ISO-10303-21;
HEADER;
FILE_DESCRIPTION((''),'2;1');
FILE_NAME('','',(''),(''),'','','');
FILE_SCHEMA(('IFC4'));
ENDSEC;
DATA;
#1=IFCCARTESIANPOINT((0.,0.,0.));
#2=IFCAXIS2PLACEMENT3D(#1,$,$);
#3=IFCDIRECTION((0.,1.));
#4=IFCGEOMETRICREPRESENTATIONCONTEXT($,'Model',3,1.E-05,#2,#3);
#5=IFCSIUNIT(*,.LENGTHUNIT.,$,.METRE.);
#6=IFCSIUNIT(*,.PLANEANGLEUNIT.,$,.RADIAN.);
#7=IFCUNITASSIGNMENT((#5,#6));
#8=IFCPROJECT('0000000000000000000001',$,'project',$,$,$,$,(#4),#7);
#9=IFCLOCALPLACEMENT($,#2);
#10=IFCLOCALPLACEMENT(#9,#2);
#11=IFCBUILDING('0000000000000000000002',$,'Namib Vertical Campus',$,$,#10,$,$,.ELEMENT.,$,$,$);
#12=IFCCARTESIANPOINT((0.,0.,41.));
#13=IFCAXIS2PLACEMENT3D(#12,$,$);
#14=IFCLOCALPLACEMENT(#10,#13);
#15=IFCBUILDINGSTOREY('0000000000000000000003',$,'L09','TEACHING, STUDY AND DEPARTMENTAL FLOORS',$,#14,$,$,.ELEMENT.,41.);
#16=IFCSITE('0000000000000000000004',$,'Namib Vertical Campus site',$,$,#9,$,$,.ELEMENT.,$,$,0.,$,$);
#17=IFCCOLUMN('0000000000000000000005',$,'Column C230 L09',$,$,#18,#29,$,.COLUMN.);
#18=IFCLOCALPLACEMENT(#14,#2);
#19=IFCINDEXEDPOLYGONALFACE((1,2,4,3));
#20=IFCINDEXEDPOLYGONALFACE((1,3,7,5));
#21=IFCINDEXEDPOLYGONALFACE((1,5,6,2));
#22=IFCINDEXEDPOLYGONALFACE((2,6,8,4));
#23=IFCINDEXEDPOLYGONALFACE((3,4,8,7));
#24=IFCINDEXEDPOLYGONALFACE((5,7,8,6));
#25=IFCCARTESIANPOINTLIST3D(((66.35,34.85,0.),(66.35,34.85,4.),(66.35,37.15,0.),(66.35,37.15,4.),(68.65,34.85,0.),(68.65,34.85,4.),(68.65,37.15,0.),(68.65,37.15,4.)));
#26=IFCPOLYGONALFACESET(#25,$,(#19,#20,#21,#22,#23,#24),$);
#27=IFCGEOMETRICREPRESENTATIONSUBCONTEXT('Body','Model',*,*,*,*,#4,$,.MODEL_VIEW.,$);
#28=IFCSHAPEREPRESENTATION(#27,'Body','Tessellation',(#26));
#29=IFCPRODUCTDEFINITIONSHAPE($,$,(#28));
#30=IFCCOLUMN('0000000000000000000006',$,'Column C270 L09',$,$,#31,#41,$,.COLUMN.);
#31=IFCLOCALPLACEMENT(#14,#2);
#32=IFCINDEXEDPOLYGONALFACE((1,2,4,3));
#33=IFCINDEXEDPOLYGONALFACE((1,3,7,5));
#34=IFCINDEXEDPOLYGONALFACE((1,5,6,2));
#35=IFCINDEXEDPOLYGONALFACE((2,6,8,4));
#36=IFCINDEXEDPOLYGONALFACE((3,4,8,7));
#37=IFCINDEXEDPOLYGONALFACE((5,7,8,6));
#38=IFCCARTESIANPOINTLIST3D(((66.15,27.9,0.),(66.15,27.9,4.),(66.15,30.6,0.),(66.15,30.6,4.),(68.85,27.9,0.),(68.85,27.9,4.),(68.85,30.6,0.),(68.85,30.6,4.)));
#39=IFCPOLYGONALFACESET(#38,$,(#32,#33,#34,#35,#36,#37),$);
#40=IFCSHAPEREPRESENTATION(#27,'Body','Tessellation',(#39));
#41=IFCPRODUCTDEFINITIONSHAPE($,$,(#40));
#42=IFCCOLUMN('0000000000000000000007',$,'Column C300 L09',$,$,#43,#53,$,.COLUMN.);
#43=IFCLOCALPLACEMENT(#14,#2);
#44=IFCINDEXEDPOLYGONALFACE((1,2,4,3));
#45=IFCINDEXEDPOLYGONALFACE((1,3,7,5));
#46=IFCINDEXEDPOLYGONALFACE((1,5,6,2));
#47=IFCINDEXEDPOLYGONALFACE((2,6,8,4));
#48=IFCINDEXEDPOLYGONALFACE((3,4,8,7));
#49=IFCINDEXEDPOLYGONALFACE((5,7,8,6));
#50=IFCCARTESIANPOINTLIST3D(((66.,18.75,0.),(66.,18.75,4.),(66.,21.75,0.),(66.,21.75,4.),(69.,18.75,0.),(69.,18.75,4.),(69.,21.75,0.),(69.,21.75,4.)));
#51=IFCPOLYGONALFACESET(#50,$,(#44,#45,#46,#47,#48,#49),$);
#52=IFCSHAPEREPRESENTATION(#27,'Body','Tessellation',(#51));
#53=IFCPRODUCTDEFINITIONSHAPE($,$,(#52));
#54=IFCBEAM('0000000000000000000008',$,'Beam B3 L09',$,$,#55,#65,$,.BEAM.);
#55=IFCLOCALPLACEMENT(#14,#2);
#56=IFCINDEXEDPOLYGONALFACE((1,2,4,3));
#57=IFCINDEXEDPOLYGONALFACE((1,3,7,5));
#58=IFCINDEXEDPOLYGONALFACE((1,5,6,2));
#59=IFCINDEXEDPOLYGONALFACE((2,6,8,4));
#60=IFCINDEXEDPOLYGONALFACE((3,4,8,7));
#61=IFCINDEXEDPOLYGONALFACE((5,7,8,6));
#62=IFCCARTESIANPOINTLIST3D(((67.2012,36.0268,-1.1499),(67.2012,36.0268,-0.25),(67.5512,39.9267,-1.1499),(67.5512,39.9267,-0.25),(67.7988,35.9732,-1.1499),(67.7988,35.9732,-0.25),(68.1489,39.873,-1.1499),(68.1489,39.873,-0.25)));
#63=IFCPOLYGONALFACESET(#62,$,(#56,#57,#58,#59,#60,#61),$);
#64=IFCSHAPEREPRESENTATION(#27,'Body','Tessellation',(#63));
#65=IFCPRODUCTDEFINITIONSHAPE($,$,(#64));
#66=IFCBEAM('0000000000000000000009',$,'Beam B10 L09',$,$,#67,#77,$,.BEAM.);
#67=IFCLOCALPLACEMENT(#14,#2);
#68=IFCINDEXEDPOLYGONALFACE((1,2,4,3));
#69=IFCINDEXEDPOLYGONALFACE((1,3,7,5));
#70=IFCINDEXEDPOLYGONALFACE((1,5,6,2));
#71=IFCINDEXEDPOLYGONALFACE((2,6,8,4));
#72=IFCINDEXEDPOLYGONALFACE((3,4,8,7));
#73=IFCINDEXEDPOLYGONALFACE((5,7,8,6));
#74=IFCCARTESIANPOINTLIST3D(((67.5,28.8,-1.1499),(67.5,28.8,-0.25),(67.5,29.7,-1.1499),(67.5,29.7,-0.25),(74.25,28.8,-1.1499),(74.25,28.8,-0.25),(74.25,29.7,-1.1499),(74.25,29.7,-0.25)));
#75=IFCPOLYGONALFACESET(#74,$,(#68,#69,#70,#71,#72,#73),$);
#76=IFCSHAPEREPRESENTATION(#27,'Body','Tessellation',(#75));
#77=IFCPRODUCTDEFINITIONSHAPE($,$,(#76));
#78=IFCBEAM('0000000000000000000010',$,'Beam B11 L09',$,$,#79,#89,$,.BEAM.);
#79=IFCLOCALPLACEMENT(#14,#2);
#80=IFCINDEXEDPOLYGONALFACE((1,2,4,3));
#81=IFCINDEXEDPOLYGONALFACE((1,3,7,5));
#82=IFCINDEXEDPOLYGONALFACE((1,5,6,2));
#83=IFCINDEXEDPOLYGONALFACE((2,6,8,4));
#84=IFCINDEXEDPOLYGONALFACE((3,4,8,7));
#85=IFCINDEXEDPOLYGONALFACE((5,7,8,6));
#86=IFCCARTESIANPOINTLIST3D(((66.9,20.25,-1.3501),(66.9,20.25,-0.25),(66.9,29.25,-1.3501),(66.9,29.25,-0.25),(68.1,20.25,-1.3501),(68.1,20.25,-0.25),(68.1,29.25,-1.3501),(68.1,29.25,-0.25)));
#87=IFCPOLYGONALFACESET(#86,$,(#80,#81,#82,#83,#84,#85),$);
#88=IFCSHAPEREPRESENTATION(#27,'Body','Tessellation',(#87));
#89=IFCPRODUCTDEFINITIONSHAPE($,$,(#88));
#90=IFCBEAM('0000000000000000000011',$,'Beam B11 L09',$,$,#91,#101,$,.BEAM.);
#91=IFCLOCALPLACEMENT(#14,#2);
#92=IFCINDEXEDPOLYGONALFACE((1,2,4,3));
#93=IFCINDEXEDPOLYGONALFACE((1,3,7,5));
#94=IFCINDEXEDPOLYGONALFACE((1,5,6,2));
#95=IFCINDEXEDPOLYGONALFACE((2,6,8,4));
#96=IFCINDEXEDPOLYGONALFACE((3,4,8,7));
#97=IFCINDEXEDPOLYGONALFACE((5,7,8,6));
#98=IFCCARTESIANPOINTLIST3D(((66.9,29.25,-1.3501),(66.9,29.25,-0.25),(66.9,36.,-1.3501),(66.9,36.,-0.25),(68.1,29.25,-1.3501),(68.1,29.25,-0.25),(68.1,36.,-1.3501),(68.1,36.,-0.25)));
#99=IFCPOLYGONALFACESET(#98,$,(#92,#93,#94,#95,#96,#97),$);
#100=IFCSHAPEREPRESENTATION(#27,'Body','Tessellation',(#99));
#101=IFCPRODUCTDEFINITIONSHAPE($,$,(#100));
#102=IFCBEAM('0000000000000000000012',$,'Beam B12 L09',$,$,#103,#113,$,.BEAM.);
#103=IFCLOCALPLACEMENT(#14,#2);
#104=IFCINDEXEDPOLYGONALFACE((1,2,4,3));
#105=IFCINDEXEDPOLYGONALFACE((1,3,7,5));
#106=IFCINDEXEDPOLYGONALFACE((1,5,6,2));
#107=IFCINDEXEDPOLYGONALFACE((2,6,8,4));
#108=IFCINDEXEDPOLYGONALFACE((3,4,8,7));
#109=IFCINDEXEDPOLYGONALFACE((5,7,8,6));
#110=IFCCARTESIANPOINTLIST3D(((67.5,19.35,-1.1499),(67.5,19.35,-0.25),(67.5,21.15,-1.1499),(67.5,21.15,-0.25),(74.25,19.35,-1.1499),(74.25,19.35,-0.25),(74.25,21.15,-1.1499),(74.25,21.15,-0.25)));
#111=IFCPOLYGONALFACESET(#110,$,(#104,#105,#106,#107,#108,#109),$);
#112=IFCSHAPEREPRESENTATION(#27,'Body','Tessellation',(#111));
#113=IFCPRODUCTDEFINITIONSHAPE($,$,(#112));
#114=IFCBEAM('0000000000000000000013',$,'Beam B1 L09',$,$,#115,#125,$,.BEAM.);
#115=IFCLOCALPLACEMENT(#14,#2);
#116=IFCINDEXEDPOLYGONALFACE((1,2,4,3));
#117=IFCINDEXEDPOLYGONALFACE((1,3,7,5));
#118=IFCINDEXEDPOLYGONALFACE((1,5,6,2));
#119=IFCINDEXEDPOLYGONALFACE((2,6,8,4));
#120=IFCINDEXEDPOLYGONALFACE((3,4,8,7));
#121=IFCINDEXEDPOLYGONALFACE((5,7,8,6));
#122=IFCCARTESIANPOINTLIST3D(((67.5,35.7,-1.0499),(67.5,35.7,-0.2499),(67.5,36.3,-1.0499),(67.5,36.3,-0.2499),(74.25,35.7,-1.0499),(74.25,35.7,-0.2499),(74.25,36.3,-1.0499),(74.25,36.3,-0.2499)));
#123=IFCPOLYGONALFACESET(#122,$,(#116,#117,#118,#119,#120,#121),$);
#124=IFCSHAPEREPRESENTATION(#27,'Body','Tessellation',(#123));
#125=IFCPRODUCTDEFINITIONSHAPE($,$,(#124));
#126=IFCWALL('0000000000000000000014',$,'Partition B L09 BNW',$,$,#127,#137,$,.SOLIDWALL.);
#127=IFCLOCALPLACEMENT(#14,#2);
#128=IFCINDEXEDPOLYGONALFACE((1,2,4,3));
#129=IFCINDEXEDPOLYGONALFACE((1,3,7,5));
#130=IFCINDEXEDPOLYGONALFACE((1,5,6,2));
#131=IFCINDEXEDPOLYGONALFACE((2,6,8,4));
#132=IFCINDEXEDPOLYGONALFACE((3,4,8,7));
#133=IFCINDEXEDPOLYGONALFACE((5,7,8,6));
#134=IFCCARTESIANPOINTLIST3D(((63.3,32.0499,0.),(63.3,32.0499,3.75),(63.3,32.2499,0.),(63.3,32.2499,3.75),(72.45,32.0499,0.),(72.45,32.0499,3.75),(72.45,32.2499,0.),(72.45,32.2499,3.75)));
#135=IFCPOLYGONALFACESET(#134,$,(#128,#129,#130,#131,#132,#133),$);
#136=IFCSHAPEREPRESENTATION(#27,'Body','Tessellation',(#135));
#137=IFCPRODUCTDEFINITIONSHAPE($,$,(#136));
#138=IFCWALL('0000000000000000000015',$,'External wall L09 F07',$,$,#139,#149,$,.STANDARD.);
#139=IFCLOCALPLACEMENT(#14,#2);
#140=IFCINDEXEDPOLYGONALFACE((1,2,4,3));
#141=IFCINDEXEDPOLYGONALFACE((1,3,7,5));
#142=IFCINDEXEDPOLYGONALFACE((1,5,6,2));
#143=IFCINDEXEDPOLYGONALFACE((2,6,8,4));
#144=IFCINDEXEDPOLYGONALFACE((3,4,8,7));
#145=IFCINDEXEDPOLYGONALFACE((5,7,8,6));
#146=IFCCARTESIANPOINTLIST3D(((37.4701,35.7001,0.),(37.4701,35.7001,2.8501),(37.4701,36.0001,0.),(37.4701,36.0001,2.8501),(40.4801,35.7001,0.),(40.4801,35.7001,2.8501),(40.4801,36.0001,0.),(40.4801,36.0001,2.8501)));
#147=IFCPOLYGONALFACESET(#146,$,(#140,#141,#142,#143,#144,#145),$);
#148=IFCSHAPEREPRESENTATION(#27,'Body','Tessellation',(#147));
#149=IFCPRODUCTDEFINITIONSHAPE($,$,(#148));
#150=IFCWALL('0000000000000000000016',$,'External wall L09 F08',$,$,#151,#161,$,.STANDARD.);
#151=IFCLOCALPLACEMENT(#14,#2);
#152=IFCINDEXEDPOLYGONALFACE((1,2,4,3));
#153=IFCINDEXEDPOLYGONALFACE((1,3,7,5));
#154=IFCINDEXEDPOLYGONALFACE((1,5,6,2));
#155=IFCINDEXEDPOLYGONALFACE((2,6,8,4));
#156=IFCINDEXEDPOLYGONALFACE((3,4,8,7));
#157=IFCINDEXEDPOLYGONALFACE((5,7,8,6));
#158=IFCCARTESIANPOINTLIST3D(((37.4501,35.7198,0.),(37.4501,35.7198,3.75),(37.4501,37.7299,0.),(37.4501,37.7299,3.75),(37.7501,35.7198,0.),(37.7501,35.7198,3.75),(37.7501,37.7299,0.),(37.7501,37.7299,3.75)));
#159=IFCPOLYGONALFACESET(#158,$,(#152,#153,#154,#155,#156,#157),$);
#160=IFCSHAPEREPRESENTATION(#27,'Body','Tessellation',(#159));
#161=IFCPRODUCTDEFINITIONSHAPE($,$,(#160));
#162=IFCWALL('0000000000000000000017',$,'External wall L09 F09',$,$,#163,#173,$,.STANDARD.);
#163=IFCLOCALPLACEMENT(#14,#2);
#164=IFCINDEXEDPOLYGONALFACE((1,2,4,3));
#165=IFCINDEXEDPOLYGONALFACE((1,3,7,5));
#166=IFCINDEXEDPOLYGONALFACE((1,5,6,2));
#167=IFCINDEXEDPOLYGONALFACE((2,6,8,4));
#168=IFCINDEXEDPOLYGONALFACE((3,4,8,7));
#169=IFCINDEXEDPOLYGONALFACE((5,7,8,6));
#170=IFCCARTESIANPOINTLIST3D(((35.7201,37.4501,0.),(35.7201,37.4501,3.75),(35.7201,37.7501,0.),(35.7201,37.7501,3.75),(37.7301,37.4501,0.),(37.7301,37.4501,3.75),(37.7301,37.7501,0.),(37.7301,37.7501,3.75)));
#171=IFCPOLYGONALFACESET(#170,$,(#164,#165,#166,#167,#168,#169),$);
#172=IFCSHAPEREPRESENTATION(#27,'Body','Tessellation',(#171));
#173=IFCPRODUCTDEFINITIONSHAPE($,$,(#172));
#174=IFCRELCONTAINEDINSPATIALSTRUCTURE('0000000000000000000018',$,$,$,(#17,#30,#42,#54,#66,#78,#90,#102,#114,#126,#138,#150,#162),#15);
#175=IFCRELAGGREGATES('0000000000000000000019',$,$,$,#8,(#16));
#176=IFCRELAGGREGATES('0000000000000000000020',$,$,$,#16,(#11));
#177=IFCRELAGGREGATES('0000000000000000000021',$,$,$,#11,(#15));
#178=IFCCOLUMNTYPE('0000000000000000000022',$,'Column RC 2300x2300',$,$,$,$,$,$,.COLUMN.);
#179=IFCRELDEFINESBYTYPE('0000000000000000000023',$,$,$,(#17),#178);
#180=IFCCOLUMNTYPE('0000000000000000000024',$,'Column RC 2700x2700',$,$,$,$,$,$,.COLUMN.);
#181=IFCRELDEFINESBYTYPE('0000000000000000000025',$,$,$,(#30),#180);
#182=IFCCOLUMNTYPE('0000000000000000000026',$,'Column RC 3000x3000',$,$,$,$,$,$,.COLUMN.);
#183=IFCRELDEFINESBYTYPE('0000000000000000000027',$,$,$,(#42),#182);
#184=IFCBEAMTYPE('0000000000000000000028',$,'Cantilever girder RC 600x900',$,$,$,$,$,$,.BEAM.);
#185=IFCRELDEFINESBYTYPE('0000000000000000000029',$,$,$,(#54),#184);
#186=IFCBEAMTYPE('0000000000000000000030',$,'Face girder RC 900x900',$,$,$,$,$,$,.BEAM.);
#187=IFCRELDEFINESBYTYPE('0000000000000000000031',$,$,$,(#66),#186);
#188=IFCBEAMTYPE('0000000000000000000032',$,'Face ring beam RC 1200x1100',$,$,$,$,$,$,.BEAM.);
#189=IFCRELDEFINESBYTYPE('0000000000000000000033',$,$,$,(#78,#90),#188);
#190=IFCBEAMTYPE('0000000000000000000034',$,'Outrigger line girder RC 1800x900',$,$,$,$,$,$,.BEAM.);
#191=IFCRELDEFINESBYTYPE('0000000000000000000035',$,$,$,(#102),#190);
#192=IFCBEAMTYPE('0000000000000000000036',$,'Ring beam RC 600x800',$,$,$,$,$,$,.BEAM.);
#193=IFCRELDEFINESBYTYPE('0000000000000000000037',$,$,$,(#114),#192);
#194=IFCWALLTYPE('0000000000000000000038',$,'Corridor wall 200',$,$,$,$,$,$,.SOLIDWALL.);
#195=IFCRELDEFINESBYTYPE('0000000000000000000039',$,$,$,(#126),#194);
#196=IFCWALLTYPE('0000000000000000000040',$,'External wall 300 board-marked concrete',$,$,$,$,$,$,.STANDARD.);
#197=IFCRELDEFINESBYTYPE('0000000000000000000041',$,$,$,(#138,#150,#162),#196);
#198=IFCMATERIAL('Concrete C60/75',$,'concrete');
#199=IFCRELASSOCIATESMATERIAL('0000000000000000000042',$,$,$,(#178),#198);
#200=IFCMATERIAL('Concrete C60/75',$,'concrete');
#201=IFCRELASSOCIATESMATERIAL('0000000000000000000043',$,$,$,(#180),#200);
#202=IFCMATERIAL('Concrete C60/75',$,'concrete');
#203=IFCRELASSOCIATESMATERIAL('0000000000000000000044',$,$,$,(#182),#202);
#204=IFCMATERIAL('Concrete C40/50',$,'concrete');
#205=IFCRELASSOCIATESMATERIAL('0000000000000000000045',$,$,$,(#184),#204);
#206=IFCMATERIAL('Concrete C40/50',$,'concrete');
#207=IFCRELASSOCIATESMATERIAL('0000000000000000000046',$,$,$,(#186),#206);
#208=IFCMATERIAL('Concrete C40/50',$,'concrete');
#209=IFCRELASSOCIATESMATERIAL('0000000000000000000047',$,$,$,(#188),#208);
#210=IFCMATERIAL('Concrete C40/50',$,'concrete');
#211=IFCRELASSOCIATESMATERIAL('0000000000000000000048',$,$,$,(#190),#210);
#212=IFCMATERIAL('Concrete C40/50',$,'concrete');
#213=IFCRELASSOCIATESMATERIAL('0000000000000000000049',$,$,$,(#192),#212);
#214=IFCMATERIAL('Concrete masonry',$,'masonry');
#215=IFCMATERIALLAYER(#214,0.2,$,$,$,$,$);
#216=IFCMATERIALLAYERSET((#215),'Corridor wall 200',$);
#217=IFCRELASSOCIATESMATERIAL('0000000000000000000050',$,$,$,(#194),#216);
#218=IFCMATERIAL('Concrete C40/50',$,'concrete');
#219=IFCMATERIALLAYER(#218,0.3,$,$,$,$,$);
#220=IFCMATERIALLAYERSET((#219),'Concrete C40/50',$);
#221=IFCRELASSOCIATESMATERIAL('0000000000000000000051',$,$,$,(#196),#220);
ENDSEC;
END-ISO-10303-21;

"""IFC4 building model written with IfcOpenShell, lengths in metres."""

from ifc_helpers import new_model, si_unit, direction, frame, frame_2d, origin, origin_2d, place, context, subcontext, project, spatial, rectangle, extrude, material, layer, layer_set, material_profile, profile_set, type_object, element, save


model = new_model("IFC4")

# Units and contexts
model_context = context("Model", 3, precision=1e-05, world=origin(), true_north=direction((0.0, 1.0)))
body_context = subcontext(model_context, "Body", "Model", "MODEL_VIEW")
ifc_project = project(units=[si_unit("LENGTHUNIT", "METRE"), si_unit("PLANEANGLEUNIT", "RADIAN")], contexts=[model_context])

# Site, building, storey
site_placement = place(None, origin())
site = spatial("IfcSite", under=ifc_project, at=site_placement, Name="Namib Vertical Campus site", CompositionType="ELEMENT", RefElevation=0.0)
building_placement = place(site_placement, origin())
building = spatial("IfcBuilding", under=site, at=building_placement, Name="Namib Vertical Campus", CompositionType="ELEMENT")
storey_placement = place(building_placement, frame((0.0, 0.0, 41.0)))
storey = spatial("IfcBuildingStorey", under=building, at=storey_placement, Name="L09", Description="TEACHING, STUDY AND DEPARTMENTAL FLOORS", CompositionType="ELEMENT", Elevation=41.0)

# Columns
ifc_material_1 = material(Name="Concrete C60/75", Category="concrete")
ifc_material_profile_1 = material_profile(ifc_material_1, rectangle(XDim=2.3, YDim=2.3, at=origin_2d()))
ifc_profile_set_1 = profile_set([ifc_material_profile_1], Name="Concrete C60/75")
column_type_1 = type_object("IfcColumnType", Name="Column RC 2300x2300", PredefinedType="COLUMN", material=ifc_profile_set_1)
column_1_placement = place(storey_placement, frame((67.5, 36.0, 0.0), z_axis=(0.0, 0.0, 1.0), x_axis=(1.0, 0.0, 0.0)))
element("IfcColumn", 1, at=column_1_placement, inside=storey, type_object=column_type_1, Name="Column C230 L09", PredefinedType="COLUMN", context=body_context, shape_type="SweptSolid", body=[
    extrude(rectangle(XDim=2.3, YDim=2.3, at=origin_2d()), origin(), (0.0, 0.0, 1.0), 4.0),
])
ifc_material_2 = material(Name="Concrete C60/75", Category="concrete")
ifc_material_profile_2 = material_profile(ifc_material_2, rectangle(XDim=2.7, YDim=2.7, at=origin_2d()))
ifc_profile_set_2 = profile_set([ifc_material_profile_2], Name="Concrete C60/75")
column_type_2 = type_object("IfcColumnType", Name="Column RC 2700x2700", PredefinedType="COLUMN", material=ifc_profile_set_2)
column_2_placement = place(storey_placement, frame((67.5, 29.25, 0.0), z_axis=(0.0, 0.0, 1.0), x_axis=(1.0, 0.0, 0.0)))
element("IfcColumn", 2, at=column_2_placement, inside=storey, type_object=column_type_2, Name="Column C270 L09", PredefinedType="COLUMN", context=body_context, shape_type="SweptSolid", body=[
    extrude(rectangle(XDim=2.7, YDim=2.7, at=origin_2d()), origin(), (0.0, 0.0, 1.0), 4.0),
])
ifc_material_3 = material(Name="Concrete C60/75", Category="concrete")
ifc_material_profile_3 = material_profile(ifc_material_3, rectangle(XDim=3.0, YDim=3.0, at=origin_2d()))
ifc_profile_set_3 = profile_set([ifc_material_profile_3], Name="Concrete C60/75")
column_type_3 = type_object("IfcColumnType", Name="Column RC 3000x3000", PredefinedType="COLUMN", material=ifc_profile_set_3)
column_3_placement = place(storey_placement, frame((67.5, 20.25, 0.0), z_axis=(0.0, 0.0, 1.0), x_axis=(1.0, 0.0, 0.0)))
element("IfcColumn", 3, at=column_3_placement, inside=storey, type_object=column_type_3, Name="Column C300 L09", PredefinedType="COLUMN", context=body_context, shape_type="SweptSolid", body=[
    extrude(rectangle(XDim=3.0, YDim=3.0, at=origin_2d()), origin(), (0.0, 0.0, 1.0), 4.0),
])

# Beams
ifc_material_4 = material(Name="Concrete C40/50", Category="concrete")
ifc_material_profile_4 = material_profile(ifc_material_4, rectangle(XDim=0.6001, YDim=0.8999, at=origin_2d()))
ifc_profile_set_4 = profile_set([ifc_material_profile_4], Name="Concrete C40/50")
beam_type_1 = type_object("IfcBeamType", Name="Cantilever girder RC 600x900", PredefinedType="BEAM", material=ifc_profile_set_4)
beam_1_placement = place(storey_placement, frame((67.5, 36.0, -0.7), z_axis=(0.089411, 0.995995, 0.0), x_axis=(-0.995995, 0.089411, 0.0)))
element("IfcBeam", 4, at=beam_1_placement, inside=storey, type_object=beam_type_1, Name="Beam B3 L09", PredefinedType="BEAM", context=body_context, shape_type="SweptSolid", body=[
    extrude(rectangle(XDim=0.6001, YDim=0.8999, at=origin_2d()), origin(), (0.0, 0.0, 1.0), 3.9155),
])
ifc_material_5 = material(Name="Concrete C40/50", Category="concrete")
ifc_material_profile_5 = material_profile(ifc_material_5, rectangle(XDim=0.8999, YDim=0.8999, at=origin_2d()))
ifc_profile_set_5 = profile_set([ifc_material_profile_5], Name="Concrete C40/50")
beam_type_2 = type_object("IfcBeamType", Name="Face girder RC 900x900", PredefinedType="BEAM", material=ifc_profile_set_5)
beam_2_placement = place(storey_placement, frame((67.5, 29.25, -0.7), z_axis=(1.0, 0.0, 0.0), x_axis=(0.0, 1.0, 0.0)))
element("IfcBeam", 5, at=beam_2_placement, inside=storey, type_object=beam_type_2, Name="Beam B10 L09", PredefinedType="BEAM", context=body_context, shape_type="SweptSolid", body=[
    extrude(rectangle(XDim=0.8999, YDim=0.8999, at=origin_2d()), origin(), (0.0, 0.0, 1.0), 6.75),
])
ifc_material_6 = material(Name="Concrete C40/50", Category="concrete")
ifc_material_profile_6 = material_profile(ifc_material_6, rectangle(XDim=1.2, YDim=1.1001, at=origin_2d()))
ifc_profile_set_6 = profile_set([ifc_material_profile_6], Name="Concrete C40/50")
beam_type_3 = type_object("IfcBeamType", Name="Face ring beam RC 1200x1100", PredefinedType="BEAM", material=ifc_profile_set_6)
beam_3_placement = place(storey_placement, frame((67.5, 20.25, -0.8), z_axis=(0.0, 1.0, 0.0), x_axis=(-1.0, 0.0, 0.0)))
element("IfcBeam", 6, at=beam_3_placement, inside=storey, type_object=beam_type_3, Name="Beam B11 L09", PredefinedType="BEAM", context=body_context, shape_type="SweptSolid", body=[
    extrude(rectangle(XDim=1.2, YDim=1.1001, at=origin_2d()), origin(), (0.0, 0.0, 1.0), 9.0),
])
beam_4_placement = place(storey_placement, frame((67.5, 29.25, -0.8), z_axis=(0.0, 1.0, 0.0), x_axis=(-1.0, 0.0, 0.0)))
element("IfcBeam", 7, at=beam_4_placement, inside=storey, type_object=beam_type_3, Name="Beam B11 L09", PredefinedType="BEAM", context=body_context, shape_type="SweptSolid", body=[
    extrude(rectangle(XDim=1.2, YDim=1.1001, at=origin_2d()), origin(), (0.0, 0.0, 1.0), 6.75),
])
ifc_material_7 = material(Name="Concrete C40/50", Category="concrete")
ifc_material_profile_7 = material_profile(ifc_material_7, rectangle(XDim=1.8, YDim=0.8999, at=origin_2d()))
ifc_profile_set_7 = profile_set([ifc_material_profile_7], Name="Concrete C40/50")
beam_type_4 = type_object("IfcBeamType", Name="Outrigger line girder RC 1800x900", PredefinedType="BEAM", material=ifc_profile_set_7)
beam_5_placement = place(storey_placement, frame((67.5, 20.25, -0.7), z_axis=(1.0, 0.0, 0.0), x_axis=(0.0, 1.0, 0.0)))
element("IfcBeam", 8, at=beam_5_placement, inside=storey, type_object=beam_type_4, Name="Beam B12 L09", PredefinedType="BEAM", context=body_context, shape_type="SweptSolid", body=[
    extrude(rectangle(XDim=1.8, YDim=0.8999, at=origin_2d()), origin(), (0.0, 0.0, 1.0), 6.75),
])
ifc_material_8 = material(Name="Concrete C40/50", Category="concrete")
ifc_material_profile_8 = material_profile(ifc_material_8, rectangle(XDim=0.6001, YDim=0.8, at=origin_2d()))
ifc_profile_set_8 = profile_set([ifc_material_profile_8], Name="Concrete C40/50")
beam_type_5 = type_object("IfcBeamType", Name="Ring beam RC 600x800", PredefinedType="BEAM", material=ifc_profile_set_8)
beam_6_placement = place(storey_placement, frame((67.5, 36.0, -0.6499), z_axis=(1.0, 0.0, 0.0), x_axis=(0.0, 1.0, 0.0)))
element("IfcBeam", 9, at=beam_6_placement, inside=storey, type_object=beam_type_5, Name="Beam B1 L09", PredefinedType="BEAM", context=body_context, shape_type="SweptSolid", body=[
    extrude(rectangle(XDim=0.6001, YDim=0.8, at=origin_2d()), origin(), (0.0, 0.0, 1.0), 6.75),
])

# Walls
ifc_material_9 = material(Name="Concrete masonry", Category="masonry")
ifc_layer_1 = layer(ifc_material_9, 0.2)
ifc_layer_set_1 = layer_set([ifc_layer_1], Name="Corridor wall 200")
wall_type_1 = type_object("IfcWallType", Name="Corridor wall 200", PredefinedType="SOLIDWALL", material=ifc_layer_set_1)
wall_1_placement = place(storey_placement, frame((63.3, 32.1499, 0.0), z_axis=(0.0, 0.0, 1.0), x_axis=(1.0, 0.0, 0.0)))
element("IfcWall", 10, at=wall_1_placement, inside=storey, type_object=wall_type_1, Name="Partition B L09 BNW", PredefinedType="SOLIDWALL", context=body_context, shape_type="SweptSolid", body=[
    extrude(rectangle(XDim=9.1499, YDim=0.2, at=frame_2d((4.575, 0.0))), origin(), (0.0, 0.0, 1.0), 3.75),
])
ifc_material_10 = material(Name="Concrete C40/50", Category="concrete")
ifc_layer_2 = layer(ifc_material_10, 0.3)
ifc_layer_set_2 = layer_set([ifc_layer_2], Name="Concrete C40/50")
wall_type_2 = type_object("IfcWallType", Name="External wall 300 board-marked concrete", PredefinedType="STANDARD", material=ifc_layer_set_2)
wall_2_placement = place(storey_placement, frame((40.48, 35.8501, 0.0), z_axis=(0.0, 0.0, 1.0), x_axis=(-1.0, 0.0, 0.0)))
element("IfcWall", 11, at=wall_2_placement, inside=storey, type_object=wall_type_2, Name="External wall L09 F07", PredefinedType="STANDARD", context=body_context, shape_type="SweptSolid", body=[
    extrude(rectangle(XDim=3.01, YDim=0.3, at=frame_2d((1.5049, 0.0))), origin(), (0.0, 0.0, 1.0), 2.8501),
])
for number, where, z_axis, x_axis, name in (
    (12, (37.6001, 35.72, 0.0), (0.0, 0.0, 1.0), (0.0, 1.0, 0.0), "External wall L09 F08"),
    (13, (37.73, 37.6001, 0.0), (0.0, 0.0, 1.0), (-1.0, 0.0, 0.0), "External wall L09 F09"),
):
    element("IfcWall", number, at=place(storey_placement, frame(where, z_axis=z_axis, x_axis=x_axis)), inside=storey, type_object=wall_type_2, Name=name, PredefinedType="STANDARD", context=body_context, shape_type="SweptSolid", body=[
        extrude(rectangle(XDim=2.01, YDim=0.3, at=frame_2d((1.0049, 0.0))), origin(), (0.0, 0.0, 1.0), 3.75),
    ])

save(model, "model.ifc")
